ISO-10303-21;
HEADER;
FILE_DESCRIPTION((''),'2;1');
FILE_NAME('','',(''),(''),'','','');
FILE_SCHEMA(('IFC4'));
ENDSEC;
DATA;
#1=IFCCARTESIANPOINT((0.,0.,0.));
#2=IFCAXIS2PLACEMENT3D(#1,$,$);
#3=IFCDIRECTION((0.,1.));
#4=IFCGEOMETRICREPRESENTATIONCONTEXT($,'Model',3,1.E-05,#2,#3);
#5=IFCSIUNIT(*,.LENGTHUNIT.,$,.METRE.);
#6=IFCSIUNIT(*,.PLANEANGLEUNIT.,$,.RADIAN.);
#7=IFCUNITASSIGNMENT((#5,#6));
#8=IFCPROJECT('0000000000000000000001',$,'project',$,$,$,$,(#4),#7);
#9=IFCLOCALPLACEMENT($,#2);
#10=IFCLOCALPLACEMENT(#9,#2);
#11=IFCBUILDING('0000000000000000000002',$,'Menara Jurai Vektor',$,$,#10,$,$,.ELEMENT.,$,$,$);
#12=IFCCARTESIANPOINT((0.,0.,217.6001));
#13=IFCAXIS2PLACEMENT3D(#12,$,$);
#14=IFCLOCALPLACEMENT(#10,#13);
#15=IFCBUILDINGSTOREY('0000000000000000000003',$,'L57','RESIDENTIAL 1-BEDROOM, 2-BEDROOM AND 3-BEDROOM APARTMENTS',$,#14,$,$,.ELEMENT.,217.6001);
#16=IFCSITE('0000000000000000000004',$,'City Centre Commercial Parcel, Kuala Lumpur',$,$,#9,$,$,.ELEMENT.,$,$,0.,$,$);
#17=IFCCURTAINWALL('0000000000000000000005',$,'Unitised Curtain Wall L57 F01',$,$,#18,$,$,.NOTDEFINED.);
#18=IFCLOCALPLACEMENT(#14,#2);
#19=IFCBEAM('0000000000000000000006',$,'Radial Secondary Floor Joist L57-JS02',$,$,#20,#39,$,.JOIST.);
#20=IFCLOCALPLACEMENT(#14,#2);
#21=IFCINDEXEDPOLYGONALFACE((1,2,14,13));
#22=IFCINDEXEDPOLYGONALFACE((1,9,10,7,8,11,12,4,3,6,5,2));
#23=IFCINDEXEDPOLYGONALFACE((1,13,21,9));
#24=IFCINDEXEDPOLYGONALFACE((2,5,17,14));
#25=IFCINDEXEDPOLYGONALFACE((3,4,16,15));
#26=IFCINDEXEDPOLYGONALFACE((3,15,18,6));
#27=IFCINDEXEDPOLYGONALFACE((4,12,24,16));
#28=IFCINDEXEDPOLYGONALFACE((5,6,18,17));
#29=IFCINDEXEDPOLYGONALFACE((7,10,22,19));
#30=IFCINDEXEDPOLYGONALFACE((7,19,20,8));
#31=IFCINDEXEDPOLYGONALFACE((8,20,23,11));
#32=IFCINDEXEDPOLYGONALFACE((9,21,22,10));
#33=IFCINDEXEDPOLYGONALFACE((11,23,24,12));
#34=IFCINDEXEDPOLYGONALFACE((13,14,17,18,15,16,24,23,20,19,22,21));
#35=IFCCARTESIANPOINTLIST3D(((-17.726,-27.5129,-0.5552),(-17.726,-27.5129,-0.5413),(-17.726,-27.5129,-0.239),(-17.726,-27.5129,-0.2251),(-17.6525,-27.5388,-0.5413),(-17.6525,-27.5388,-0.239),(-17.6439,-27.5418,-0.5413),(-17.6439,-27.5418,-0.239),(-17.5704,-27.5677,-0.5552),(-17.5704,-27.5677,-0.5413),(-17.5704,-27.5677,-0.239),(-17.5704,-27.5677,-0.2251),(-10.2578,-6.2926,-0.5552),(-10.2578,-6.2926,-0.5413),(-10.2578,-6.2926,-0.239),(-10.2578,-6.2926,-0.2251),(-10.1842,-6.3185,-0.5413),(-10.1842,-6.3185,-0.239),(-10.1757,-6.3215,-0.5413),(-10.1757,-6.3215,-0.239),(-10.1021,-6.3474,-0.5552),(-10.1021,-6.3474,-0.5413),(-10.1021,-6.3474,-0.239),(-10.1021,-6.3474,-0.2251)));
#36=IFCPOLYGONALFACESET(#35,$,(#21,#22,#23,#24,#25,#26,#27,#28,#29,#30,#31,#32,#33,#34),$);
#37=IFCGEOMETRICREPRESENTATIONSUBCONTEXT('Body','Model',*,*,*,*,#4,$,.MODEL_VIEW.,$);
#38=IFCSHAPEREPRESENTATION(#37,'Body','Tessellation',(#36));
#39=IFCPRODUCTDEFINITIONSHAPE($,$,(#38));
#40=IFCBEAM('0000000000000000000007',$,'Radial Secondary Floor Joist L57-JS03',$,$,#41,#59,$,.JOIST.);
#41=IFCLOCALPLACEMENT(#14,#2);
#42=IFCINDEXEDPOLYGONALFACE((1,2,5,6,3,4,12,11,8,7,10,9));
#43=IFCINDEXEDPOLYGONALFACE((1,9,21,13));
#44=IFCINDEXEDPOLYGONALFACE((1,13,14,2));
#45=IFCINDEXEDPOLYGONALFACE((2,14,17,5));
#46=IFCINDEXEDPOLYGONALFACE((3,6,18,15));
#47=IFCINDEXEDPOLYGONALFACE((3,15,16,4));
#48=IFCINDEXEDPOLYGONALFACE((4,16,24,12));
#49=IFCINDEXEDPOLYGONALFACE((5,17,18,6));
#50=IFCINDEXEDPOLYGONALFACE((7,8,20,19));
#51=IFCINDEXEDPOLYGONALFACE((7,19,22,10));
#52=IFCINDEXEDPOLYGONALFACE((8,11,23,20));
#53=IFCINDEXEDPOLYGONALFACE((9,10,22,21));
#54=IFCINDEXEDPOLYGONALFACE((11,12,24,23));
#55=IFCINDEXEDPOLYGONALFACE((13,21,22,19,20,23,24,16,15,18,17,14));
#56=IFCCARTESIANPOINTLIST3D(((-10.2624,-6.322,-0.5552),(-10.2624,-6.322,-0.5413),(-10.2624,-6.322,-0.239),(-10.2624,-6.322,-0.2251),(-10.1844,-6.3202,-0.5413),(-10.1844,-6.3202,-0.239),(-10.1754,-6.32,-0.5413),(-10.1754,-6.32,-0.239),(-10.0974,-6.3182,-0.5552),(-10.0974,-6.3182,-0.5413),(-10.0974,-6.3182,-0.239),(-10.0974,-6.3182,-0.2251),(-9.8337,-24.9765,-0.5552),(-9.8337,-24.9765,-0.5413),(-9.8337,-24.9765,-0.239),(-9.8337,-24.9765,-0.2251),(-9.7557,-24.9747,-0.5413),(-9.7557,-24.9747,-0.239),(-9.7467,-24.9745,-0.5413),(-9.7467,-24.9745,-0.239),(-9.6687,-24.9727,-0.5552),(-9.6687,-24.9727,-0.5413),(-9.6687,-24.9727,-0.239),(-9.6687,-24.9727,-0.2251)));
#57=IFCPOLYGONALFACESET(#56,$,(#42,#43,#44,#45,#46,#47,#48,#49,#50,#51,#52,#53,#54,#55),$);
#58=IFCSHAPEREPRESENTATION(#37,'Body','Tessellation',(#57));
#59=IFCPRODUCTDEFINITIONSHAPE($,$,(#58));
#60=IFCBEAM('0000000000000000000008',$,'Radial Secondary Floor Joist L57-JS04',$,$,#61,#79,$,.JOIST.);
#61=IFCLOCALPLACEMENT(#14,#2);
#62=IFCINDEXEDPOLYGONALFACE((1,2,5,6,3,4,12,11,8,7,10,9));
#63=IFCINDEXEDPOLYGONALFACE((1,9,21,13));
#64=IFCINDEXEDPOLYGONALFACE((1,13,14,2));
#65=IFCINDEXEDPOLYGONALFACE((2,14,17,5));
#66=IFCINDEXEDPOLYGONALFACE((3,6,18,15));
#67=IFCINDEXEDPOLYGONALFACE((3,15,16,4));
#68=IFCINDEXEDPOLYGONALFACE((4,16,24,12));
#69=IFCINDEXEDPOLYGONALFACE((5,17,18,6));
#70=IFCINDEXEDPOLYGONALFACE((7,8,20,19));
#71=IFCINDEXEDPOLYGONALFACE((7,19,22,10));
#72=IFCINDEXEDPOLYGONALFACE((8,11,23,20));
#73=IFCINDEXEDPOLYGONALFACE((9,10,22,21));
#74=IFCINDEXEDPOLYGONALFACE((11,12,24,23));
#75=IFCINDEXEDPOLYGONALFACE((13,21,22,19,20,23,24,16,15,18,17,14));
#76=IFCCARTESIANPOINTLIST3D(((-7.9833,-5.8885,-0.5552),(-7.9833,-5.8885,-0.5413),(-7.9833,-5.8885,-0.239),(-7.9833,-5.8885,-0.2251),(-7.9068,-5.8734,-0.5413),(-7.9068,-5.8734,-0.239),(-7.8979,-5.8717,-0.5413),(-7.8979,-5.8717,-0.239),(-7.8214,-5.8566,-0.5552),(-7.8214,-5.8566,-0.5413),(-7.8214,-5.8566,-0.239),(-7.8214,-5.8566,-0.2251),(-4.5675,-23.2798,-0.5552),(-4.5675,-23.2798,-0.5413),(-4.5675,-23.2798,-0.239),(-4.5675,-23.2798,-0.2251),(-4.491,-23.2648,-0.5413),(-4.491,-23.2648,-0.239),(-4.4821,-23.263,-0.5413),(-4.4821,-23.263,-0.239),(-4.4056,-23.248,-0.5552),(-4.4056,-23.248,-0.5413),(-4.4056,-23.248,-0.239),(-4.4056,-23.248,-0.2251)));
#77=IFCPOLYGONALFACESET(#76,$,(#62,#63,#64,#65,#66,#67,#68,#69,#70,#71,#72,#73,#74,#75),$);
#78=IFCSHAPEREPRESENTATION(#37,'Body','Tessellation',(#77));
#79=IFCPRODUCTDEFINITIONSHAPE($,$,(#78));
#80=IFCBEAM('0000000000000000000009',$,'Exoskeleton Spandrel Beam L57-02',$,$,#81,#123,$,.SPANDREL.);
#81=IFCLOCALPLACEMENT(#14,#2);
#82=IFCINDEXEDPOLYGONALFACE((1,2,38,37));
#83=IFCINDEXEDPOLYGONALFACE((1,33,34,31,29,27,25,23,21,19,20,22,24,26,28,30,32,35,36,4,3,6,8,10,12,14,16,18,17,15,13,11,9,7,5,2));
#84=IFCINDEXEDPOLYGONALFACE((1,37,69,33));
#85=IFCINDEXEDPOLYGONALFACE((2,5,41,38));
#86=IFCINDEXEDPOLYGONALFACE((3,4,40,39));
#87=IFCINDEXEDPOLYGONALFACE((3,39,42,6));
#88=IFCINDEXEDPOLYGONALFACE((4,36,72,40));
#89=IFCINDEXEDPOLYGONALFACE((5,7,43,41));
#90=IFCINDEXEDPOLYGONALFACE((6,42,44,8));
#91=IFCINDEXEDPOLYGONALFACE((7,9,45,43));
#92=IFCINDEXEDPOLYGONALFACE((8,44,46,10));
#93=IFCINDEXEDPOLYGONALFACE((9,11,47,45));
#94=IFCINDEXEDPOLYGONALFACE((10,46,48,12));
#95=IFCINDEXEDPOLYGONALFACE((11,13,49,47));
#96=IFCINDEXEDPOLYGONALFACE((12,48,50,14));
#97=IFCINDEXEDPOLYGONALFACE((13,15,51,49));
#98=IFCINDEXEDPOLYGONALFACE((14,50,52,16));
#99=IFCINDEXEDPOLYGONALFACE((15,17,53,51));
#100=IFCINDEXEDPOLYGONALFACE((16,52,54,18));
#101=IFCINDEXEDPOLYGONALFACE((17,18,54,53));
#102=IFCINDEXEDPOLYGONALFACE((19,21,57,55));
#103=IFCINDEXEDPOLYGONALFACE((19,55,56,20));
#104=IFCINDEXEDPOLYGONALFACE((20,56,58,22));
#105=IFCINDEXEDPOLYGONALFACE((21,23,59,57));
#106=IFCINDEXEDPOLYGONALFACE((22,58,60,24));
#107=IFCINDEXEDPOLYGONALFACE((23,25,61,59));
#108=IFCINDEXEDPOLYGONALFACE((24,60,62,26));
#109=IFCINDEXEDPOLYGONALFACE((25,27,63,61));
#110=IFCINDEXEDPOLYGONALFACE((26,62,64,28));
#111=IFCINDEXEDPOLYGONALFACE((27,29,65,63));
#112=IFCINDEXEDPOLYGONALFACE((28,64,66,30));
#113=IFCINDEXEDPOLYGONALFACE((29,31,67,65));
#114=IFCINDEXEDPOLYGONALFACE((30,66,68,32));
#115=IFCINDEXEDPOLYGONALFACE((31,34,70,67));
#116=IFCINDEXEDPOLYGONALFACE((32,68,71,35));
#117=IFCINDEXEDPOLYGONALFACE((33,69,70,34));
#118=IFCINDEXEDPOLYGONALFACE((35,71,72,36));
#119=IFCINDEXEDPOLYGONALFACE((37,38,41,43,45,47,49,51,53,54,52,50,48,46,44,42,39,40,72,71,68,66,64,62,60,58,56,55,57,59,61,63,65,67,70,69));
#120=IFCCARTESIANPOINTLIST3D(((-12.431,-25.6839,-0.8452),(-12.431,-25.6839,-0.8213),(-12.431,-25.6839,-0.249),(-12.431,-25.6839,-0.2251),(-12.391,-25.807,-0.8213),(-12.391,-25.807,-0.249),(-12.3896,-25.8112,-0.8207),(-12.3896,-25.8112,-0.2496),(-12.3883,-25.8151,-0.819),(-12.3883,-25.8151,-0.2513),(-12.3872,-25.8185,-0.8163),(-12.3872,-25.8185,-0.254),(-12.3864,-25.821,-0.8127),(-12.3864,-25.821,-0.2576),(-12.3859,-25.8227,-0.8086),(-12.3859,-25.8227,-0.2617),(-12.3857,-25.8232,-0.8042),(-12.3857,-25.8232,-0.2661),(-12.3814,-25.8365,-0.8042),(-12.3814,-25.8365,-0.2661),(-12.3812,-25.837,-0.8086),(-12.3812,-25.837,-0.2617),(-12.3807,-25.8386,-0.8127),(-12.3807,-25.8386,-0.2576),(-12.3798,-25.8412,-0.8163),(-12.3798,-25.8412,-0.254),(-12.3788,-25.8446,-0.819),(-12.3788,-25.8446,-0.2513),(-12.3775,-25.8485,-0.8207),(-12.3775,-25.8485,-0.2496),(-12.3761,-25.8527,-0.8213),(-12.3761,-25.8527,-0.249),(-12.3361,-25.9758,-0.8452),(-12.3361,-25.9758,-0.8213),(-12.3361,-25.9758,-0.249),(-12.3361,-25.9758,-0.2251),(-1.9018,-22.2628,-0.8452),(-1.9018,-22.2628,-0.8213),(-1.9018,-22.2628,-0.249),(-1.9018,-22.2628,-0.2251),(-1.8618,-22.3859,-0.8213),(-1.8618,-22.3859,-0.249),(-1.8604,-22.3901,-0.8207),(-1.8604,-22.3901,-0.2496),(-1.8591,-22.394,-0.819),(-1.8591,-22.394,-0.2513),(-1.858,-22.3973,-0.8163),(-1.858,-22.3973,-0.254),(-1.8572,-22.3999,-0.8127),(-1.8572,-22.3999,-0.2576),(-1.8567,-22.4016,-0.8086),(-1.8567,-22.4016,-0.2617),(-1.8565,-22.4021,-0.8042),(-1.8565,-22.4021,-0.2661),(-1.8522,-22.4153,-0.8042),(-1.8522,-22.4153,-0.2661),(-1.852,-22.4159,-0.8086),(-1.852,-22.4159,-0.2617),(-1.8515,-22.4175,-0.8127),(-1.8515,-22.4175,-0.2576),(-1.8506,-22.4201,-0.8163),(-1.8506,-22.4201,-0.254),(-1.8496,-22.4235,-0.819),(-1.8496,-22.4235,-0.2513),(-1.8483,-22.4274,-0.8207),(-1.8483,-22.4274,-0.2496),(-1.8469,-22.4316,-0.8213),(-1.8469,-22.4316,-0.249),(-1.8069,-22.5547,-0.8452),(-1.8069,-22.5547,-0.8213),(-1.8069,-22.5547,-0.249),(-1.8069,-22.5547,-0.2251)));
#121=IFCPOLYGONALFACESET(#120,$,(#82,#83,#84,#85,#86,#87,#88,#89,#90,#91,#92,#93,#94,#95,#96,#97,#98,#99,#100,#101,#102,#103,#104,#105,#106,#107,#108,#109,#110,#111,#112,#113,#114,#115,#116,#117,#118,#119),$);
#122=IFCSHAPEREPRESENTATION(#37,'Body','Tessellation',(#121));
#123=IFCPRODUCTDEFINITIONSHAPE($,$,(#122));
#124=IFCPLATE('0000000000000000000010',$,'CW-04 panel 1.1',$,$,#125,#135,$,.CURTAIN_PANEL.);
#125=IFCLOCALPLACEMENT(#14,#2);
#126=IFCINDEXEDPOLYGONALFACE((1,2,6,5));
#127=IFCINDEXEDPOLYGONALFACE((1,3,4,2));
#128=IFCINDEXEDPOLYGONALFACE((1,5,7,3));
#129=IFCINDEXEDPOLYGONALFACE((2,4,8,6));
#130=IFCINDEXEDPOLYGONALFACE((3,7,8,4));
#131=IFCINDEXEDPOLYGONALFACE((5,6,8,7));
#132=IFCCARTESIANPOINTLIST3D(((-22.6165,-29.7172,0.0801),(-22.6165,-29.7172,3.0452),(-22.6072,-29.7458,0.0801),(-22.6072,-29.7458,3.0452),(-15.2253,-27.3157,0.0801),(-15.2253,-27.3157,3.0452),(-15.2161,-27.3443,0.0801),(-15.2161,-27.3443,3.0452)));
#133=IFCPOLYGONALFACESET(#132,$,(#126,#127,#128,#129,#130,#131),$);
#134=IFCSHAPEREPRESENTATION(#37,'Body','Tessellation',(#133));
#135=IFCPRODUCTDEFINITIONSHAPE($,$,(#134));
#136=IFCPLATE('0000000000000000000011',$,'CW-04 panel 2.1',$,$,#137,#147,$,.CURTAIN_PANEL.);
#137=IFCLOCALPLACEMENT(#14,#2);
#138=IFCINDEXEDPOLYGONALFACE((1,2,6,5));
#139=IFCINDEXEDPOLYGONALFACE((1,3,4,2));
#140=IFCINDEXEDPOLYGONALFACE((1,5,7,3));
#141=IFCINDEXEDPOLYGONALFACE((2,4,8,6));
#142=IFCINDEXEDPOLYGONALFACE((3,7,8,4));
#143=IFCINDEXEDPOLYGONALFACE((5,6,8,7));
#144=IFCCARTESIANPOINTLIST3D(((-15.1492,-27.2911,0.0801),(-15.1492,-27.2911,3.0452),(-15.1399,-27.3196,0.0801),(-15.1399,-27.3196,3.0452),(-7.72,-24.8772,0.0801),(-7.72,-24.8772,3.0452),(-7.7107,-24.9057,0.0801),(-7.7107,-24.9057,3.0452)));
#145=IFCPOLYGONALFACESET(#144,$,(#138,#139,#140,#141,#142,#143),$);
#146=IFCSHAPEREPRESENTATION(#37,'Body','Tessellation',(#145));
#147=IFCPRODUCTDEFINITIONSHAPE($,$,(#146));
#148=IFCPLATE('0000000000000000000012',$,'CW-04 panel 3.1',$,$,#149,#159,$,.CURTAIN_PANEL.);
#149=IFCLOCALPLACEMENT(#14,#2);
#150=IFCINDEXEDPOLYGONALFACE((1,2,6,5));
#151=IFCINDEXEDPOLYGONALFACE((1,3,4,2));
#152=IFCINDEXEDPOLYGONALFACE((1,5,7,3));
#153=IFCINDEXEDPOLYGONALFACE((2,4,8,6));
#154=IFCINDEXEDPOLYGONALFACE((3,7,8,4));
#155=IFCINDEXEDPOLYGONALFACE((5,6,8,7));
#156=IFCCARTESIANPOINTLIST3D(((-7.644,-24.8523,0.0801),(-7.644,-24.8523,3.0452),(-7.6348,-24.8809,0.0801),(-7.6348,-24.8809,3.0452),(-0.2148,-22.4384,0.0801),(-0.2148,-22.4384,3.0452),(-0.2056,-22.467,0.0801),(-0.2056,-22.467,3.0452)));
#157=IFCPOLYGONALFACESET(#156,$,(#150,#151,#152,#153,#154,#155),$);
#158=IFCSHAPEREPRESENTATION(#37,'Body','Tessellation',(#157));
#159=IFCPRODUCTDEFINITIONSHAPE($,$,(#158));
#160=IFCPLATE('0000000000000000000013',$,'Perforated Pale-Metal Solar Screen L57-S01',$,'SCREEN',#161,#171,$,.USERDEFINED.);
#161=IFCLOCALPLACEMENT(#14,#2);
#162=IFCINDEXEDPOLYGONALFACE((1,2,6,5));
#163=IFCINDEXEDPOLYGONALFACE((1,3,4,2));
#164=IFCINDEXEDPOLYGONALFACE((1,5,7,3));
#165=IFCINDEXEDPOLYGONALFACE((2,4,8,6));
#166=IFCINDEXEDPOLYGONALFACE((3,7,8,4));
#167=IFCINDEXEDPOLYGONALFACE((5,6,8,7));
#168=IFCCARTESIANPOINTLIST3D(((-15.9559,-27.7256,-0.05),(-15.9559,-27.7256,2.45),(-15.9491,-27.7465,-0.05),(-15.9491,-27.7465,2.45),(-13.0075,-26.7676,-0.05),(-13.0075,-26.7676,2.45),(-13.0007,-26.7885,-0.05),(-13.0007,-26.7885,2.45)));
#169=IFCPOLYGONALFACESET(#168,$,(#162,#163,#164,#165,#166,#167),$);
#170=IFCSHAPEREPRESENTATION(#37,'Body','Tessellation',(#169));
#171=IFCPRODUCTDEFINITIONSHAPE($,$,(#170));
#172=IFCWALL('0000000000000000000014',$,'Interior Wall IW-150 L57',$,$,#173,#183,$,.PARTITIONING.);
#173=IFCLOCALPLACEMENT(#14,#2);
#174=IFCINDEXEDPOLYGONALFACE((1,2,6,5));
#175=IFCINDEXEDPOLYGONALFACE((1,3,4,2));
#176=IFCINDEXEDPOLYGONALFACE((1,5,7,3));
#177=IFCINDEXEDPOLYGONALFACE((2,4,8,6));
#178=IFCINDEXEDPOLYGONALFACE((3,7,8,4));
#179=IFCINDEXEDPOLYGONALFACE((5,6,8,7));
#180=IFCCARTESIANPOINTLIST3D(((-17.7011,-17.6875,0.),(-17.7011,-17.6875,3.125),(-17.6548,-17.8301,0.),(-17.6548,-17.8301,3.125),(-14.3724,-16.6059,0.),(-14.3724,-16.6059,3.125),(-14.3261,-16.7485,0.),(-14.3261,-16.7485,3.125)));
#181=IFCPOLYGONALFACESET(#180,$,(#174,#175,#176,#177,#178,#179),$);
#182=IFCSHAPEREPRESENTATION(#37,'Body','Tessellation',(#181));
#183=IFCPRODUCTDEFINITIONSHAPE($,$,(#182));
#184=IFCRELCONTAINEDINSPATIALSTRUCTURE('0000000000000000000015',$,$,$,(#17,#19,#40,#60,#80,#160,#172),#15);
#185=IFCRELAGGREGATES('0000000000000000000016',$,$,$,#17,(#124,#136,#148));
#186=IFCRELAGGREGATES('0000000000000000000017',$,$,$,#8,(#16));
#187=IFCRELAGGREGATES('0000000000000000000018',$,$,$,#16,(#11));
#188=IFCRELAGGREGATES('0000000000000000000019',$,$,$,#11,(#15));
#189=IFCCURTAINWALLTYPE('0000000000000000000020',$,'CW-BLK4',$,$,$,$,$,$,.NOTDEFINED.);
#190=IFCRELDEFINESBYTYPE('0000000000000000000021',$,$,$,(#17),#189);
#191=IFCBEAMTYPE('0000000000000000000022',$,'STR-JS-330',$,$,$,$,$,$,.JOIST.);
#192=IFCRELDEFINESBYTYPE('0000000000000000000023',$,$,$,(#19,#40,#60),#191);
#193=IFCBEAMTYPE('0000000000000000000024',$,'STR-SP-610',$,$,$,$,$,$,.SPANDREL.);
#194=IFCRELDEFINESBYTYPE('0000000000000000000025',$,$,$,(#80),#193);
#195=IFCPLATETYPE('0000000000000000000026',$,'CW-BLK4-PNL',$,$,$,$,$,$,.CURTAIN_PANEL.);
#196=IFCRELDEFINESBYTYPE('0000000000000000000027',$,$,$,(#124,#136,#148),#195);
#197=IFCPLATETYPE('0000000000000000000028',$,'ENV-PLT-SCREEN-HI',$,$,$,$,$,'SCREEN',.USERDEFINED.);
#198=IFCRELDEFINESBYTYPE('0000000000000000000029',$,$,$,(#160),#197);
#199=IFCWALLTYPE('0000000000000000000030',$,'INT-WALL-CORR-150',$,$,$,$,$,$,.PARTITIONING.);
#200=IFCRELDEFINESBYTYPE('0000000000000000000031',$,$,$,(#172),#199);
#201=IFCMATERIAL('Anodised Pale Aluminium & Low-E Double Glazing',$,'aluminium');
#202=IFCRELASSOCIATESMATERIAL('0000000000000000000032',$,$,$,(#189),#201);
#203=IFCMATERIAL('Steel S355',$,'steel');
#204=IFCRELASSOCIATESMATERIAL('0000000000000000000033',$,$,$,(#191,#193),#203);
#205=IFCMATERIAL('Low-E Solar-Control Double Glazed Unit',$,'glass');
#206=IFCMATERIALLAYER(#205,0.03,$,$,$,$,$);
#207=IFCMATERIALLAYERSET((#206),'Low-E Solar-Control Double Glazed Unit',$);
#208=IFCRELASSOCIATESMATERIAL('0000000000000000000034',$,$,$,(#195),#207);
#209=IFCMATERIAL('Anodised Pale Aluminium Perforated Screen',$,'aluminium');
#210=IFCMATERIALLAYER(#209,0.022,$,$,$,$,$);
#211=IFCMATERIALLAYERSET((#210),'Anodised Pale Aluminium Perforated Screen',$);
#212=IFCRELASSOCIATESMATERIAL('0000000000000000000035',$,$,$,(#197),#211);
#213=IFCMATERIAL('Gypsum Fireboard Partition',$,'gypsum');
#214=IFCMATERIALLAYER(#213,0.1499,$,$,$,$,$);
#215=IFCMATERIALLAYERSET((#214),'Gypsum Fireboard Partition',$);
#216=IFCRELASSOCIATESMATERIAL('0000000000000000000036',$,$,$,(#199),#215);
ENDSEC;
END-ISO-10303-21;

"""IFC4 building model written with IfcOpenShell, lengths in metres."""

from ifc_helpers import new_model, si_unit, direction, frame, frame_2d, origin, origin_2d, place, context, subcontext, project, spatial, rectangle, i_section, extrude, material, layer, layer_set, material_profile, profile_set, type_object, element, aggregate, save


model = new_model("IFC4")

# Units and contexts
model_context = context("Model", 3, precision=1e-05, world=origin(), true_north=direction((0.0, 1.0)))
body_context = subcontext(model_context, "Body", "Model", "MODEL_VIEW")
ifc_project = project(units=[si_unit("LENGTHUNIT", "METRE"), si_unit("PLANEANGLEUNIT", "RADIAN")], contexts=[model_context])

# Site, building, storey
site_placement = place(None, origin())
site = spatial("IfcSite", under=ifc_project, at=site_placement, Name="City Centre Commercial Parcel, Kuala Lumpur", CompositionType="ELEMENT", RefElevation=0.0)
building_placement = place(site_placement, origin())
building = spatial("IfcBuilding", under=site, at=building_placement, Name="Menara Jurai Vektor", CompositionType="ELEMENT")
storey_placement = place(building_placement, frame((0.0, 0.0, 217.6001)))
storey = spatial("IfcBuildingStorey", under=building, at=storey_placement, Name="L57", Description="RESIDENTIAL 1-BEDROOM, 2-BEDROOM AND 3-BEDROOM APARTMENTS", CompositionType="ELEMENT", Elevation=217.6001)

# Curtain wall
ifc_material_1 = material(Name="Anodised Pale Aluminium & Low-E Double Glazing", Category="aluminium")
curtain_wall_type = type_object("IfcCurtainWallType", Name="CW-BLK4", PredefinedType="NOTDEFINED", material=ifc_material_1)
curtain_wall_placement = place(storey_placement, origin())
curtain_wall = element("IfcCurtainWall", 1, at=curtain_wall_placement, inside=storey, type_object=curtain_wall_type, Name="Unitised Curtain Wall L57 F01", PredefinedType="NOTDEFINED")

# Beams
ifc_material_2 = material(Name="Steel S355", Category="steel")
ifc_material_profile_1 = material_profile(ifc_material_2, i_section(OverallWidth=0.165, OverallDepth=0.3301, WebThickness=0.009, FlangeThickness=0.0139, at=origin_2d()), Name="PG 330x165x46")
ifc_profile_set_1 = profile_set([ifc_material_profile_1], Name="Steel S355")
beam_type_1 = type_object("IfcBeamType", Name="STR-JS-330", PredefinedType="JOIST", material=ifc_profile_set_1)
beam_1_placement = place(storey_placement, frame((-17.6482, -27.5403, -0.3901), z_axis=(0.331981, 0.943286, 0.0), x_axis=(-0.943286, 0.331981, 0.0)))
element("IfcBeam", 2, at=beam_1_placement, inside=storey, type_object=beam_type_1, Name="Radial Secondary Floor Joist L57-JS02", PredefinedType="JOIST", context=body_context, shape_type="SweptSolid", body=[
    extrude(i_section(OverallWidth=0.165, OverallDepth=0.3301, WebThickness=0.009, FlangeThickness=0.0139, at=origin_2d()), origin(), (0.0, 0.0, 1.0), 22.4961),
])
beam_2_placement = place(storey_placement, frame((-9.7512, -24.9746, -0.3901), z_axis=(-0.022976, 0.999736, 0.0), x_axis=(-0.999736, -0.022976, 0.0)))
element("IfcBeam", 3, at=beam_2_placement, inside=storey, type_object=beam_type_1, Name="Radial Secondary Floor Joist L57-JS03", PredefinedType="JOIST", context=body_context, shape_type="SweptSolid", body=[
    extrude(i_section(OverallWidth=0.165, OverallDepth=0.3301, WebThickness=0.009, FlangeThickness=0.0139, at=origin_2d()), origin(), (0.0, 0.0, 1.0), 18.6594),
])
beam_3_placement = place(storey_placement, frame((-4.4866, -23.2639, -0.3901), z_axis=(-0.192724, 0.981253, 0.0), x_axis=(-0.981253, -0.192724, 0.0)))
element("IfcBeam", 4, at=beam_3_placement, inside=storey, type_object=beam_type_1, Name="Radial Secondary Floor Joist L57-JS04", PredefinedType="JOIST", context=body_context, shape_type="SweptSolid", body=[
    extrude(i_section(OverallWidth=0.165, OverallDepth=0.3301, WebThickness=0.009, FlangeThickness=0.0139, at=origin_2d()), origin(), (0.0, 0.0, 1.0), 17.7236),
])
ifc_material_profile_2 = material_profile(ifc_material_2, i_section(OverallWidth=0.3069, OverallDepth=0.6201, WebThickness=0.0139, FlangeThickness=0.0239, FilletRadius=0.0171, at=origin_2d()), Name="UKB 610x305x179")
ifc_profile_set_2 = profile_set([ifc_material_profile_2], Name="Steel S355")
beam_type_2 = type_object("IfcBeamType", Name="STR-SP-610", PredefinedType="SPANDREL", material=ifc_profile_set_2)
beam_4_placement = place(storey_placement, frame((-12.3835, -25.8298, -0.5352), z_axis=(0.951057, 0.309014, 0.0), x_axis=(-0.309014, 0.951057, 0.0)))
element("IfcBeam", 5, at=beam_4_placement, inside=storey, type_object=beam_type_2, Name="Exoskeleton Spandrel Beam L57-02", PredefinedType="SPANDREL", context=body_context, shape_type="SweptSolid", body=[
    extrude(i_section(OverallWidth=0.3069, OverallDepth=0.6201, WebThickness=0.0139, FlangeThickness=0.0239, FilletRadius=0.0171, at=origin_2d()), origin(), (0.0, 0.0, 1.0), 11.071),
])

# Plates
ifc_material_3 = material(Name="Low-E Solar-Control Double Glazed Unit", Category="glass")
ifc_layer_1 = layer(ifc_material_3, 0.03)
ifc_layer_set_1 = layer_set([ifc_layer_1], Name="Low-E Solar-Control Double Glazed Unit")
plate_type_1 = type_object("IfcPlateType", Name="CW-BLK4-PNL", PredefinedType="CURTAIN_PANEL", material=ifc_layer_set_1)
plate_1_placement = place(storey_placement, frame((-18.9163, -28.5308, 0.0801), z_axis=(0.0, 0.0, 1.0), x_axis=(0.951056, 0.309017, 0.0)))
plate_1 = element("IfcPlate", 6, at=plate_1_placement, type_object=plate_type_1, Name="CW-04 panel 1.1", PredefinedType="CURTAIN_PANEL", context=body_context, shape_type="SweptSolid", body=[
    extrude(rectangle(XDim=7.7715, YDim=0.03, at=origin_2d()), origin(), (0.0, 0.0, 1.0), 2.9651),
])
plate_2_placement = place(storey_placement, frame((-11.4299, -26.0984, 0.0801), z_axis=(0.0, 0.0, 1.0), x_axis=(0.951056, 0.309017, 0.0)))
plate_2 = element("IfcPlate", 7, at=plate_2_placement, type_object=plate_type_1, Name="CW-04 panel 2.1", PredefinedType="CURTAIN_PANEL", context=body_context, shape_type="SweptSolid", body=[
    extrude(rectangle(XDim=7.8115, YDim=0.03, at=origin_2d()), origin(), (0.0, 0.0, 1.0), 2.9651),
])
plate_3_placement = place(storey_placement, frame((-3.9248, -23.6597, 0.0801), z_axis=(0.0, 0.0, 1.0), x_axis=(0.951056, 0.309017, 0.0)))
plate_3 = element("IfcPlate", 8, at=plate_3_placement, type_object=plate_type_1, Name="CW-04 panel 3.1", PredefinedType="CURTAIN_PANEL", context=body_context, shape_type="SweptSolid", body=[
    extrude(rectangle(XDim=7.8115, YDim=0.03, at=origin_2d()), origin(), (0.0, 0.0, 1.0), 2.9651),
])
aggregate(curtain_wall, [plate_1, plate_2, plate_3])
ifc_material_4 = material(Name="Anodised Pale Aluminium Perforated Screen", Category="aluminium")
ifc_layer_2 = layer(ifc_material_4, 0.022)
ifc_layer_set_2 = layer_set([ifc_layer_2], Name="Anodised Pale Aluminium Perforated Screen")
plate_type_2 = type_object("IfcPlateType", Name="ENV-PLT-SCREEN-HI", ElementType="SCREEN", PredefinedType="USERDEFINED", material=ifc_layer_set_2)
plate_4_placement = place(storey_placement, frame((-14.4783, -27.2571, -0.05), z_axis=(0.0, 0.0, 1.0), x_axis=(0.951057, 0.309017, 0.0)))
element("IfcPlate", 9, at=plate_4_placement, inside=storey, type_object=plate_type_2, Name="Perforated Pale-Metal Solar Screen L57-S01", ObjectType="SCREEN", PredefinedType="USERDEFINED", context=body_context, shape_type="SweptSolid", body=[
    extrude(rectangle(XDim=3.1001, YDim=0.022, at=origin_2d()), origin(), (0.0, 0.0, 1.0), 2.5),
])

# Wall
ifc_material_5 = material(Name="Gypsum Fireboard Partition", Category="gypsum")
ifc_layer_3 = layer(ifc_material_5, 0.1499)
ifc_layer_set_3 = layer_set([ifc_layer_3], Name="Gypsum Fireboard Partition")
wall_type_1 = type_object("IfcWallType", Name="INT-WALL-CORR-150", PredefinedType="PARTITIONING", material=ifc_layer_set_3)
wall_1_placement = place(storey_placement, frame((-17.678, -17.7588, 0.0), z_axis=(0.0, 0.0, 1.0), x_axis=(0.951056, 0.30902, 0.0)))
element("IfcWall", 10, at=wall_1_placement, inside=storey, type_object=wall_type_1, Name="Interior Wall IW-150 L57", PredefinedType="PARTITIONING", context=body_context, shape_type="SweptSolid", body=[
    extrude(rectangle(XDim=3.5, YDim=0.1499, at=frame_2d((1.75, 0.0))), origin(), (0.0, 0.0, 1.0), 3.125),
])

save(model, "model.ifc")
